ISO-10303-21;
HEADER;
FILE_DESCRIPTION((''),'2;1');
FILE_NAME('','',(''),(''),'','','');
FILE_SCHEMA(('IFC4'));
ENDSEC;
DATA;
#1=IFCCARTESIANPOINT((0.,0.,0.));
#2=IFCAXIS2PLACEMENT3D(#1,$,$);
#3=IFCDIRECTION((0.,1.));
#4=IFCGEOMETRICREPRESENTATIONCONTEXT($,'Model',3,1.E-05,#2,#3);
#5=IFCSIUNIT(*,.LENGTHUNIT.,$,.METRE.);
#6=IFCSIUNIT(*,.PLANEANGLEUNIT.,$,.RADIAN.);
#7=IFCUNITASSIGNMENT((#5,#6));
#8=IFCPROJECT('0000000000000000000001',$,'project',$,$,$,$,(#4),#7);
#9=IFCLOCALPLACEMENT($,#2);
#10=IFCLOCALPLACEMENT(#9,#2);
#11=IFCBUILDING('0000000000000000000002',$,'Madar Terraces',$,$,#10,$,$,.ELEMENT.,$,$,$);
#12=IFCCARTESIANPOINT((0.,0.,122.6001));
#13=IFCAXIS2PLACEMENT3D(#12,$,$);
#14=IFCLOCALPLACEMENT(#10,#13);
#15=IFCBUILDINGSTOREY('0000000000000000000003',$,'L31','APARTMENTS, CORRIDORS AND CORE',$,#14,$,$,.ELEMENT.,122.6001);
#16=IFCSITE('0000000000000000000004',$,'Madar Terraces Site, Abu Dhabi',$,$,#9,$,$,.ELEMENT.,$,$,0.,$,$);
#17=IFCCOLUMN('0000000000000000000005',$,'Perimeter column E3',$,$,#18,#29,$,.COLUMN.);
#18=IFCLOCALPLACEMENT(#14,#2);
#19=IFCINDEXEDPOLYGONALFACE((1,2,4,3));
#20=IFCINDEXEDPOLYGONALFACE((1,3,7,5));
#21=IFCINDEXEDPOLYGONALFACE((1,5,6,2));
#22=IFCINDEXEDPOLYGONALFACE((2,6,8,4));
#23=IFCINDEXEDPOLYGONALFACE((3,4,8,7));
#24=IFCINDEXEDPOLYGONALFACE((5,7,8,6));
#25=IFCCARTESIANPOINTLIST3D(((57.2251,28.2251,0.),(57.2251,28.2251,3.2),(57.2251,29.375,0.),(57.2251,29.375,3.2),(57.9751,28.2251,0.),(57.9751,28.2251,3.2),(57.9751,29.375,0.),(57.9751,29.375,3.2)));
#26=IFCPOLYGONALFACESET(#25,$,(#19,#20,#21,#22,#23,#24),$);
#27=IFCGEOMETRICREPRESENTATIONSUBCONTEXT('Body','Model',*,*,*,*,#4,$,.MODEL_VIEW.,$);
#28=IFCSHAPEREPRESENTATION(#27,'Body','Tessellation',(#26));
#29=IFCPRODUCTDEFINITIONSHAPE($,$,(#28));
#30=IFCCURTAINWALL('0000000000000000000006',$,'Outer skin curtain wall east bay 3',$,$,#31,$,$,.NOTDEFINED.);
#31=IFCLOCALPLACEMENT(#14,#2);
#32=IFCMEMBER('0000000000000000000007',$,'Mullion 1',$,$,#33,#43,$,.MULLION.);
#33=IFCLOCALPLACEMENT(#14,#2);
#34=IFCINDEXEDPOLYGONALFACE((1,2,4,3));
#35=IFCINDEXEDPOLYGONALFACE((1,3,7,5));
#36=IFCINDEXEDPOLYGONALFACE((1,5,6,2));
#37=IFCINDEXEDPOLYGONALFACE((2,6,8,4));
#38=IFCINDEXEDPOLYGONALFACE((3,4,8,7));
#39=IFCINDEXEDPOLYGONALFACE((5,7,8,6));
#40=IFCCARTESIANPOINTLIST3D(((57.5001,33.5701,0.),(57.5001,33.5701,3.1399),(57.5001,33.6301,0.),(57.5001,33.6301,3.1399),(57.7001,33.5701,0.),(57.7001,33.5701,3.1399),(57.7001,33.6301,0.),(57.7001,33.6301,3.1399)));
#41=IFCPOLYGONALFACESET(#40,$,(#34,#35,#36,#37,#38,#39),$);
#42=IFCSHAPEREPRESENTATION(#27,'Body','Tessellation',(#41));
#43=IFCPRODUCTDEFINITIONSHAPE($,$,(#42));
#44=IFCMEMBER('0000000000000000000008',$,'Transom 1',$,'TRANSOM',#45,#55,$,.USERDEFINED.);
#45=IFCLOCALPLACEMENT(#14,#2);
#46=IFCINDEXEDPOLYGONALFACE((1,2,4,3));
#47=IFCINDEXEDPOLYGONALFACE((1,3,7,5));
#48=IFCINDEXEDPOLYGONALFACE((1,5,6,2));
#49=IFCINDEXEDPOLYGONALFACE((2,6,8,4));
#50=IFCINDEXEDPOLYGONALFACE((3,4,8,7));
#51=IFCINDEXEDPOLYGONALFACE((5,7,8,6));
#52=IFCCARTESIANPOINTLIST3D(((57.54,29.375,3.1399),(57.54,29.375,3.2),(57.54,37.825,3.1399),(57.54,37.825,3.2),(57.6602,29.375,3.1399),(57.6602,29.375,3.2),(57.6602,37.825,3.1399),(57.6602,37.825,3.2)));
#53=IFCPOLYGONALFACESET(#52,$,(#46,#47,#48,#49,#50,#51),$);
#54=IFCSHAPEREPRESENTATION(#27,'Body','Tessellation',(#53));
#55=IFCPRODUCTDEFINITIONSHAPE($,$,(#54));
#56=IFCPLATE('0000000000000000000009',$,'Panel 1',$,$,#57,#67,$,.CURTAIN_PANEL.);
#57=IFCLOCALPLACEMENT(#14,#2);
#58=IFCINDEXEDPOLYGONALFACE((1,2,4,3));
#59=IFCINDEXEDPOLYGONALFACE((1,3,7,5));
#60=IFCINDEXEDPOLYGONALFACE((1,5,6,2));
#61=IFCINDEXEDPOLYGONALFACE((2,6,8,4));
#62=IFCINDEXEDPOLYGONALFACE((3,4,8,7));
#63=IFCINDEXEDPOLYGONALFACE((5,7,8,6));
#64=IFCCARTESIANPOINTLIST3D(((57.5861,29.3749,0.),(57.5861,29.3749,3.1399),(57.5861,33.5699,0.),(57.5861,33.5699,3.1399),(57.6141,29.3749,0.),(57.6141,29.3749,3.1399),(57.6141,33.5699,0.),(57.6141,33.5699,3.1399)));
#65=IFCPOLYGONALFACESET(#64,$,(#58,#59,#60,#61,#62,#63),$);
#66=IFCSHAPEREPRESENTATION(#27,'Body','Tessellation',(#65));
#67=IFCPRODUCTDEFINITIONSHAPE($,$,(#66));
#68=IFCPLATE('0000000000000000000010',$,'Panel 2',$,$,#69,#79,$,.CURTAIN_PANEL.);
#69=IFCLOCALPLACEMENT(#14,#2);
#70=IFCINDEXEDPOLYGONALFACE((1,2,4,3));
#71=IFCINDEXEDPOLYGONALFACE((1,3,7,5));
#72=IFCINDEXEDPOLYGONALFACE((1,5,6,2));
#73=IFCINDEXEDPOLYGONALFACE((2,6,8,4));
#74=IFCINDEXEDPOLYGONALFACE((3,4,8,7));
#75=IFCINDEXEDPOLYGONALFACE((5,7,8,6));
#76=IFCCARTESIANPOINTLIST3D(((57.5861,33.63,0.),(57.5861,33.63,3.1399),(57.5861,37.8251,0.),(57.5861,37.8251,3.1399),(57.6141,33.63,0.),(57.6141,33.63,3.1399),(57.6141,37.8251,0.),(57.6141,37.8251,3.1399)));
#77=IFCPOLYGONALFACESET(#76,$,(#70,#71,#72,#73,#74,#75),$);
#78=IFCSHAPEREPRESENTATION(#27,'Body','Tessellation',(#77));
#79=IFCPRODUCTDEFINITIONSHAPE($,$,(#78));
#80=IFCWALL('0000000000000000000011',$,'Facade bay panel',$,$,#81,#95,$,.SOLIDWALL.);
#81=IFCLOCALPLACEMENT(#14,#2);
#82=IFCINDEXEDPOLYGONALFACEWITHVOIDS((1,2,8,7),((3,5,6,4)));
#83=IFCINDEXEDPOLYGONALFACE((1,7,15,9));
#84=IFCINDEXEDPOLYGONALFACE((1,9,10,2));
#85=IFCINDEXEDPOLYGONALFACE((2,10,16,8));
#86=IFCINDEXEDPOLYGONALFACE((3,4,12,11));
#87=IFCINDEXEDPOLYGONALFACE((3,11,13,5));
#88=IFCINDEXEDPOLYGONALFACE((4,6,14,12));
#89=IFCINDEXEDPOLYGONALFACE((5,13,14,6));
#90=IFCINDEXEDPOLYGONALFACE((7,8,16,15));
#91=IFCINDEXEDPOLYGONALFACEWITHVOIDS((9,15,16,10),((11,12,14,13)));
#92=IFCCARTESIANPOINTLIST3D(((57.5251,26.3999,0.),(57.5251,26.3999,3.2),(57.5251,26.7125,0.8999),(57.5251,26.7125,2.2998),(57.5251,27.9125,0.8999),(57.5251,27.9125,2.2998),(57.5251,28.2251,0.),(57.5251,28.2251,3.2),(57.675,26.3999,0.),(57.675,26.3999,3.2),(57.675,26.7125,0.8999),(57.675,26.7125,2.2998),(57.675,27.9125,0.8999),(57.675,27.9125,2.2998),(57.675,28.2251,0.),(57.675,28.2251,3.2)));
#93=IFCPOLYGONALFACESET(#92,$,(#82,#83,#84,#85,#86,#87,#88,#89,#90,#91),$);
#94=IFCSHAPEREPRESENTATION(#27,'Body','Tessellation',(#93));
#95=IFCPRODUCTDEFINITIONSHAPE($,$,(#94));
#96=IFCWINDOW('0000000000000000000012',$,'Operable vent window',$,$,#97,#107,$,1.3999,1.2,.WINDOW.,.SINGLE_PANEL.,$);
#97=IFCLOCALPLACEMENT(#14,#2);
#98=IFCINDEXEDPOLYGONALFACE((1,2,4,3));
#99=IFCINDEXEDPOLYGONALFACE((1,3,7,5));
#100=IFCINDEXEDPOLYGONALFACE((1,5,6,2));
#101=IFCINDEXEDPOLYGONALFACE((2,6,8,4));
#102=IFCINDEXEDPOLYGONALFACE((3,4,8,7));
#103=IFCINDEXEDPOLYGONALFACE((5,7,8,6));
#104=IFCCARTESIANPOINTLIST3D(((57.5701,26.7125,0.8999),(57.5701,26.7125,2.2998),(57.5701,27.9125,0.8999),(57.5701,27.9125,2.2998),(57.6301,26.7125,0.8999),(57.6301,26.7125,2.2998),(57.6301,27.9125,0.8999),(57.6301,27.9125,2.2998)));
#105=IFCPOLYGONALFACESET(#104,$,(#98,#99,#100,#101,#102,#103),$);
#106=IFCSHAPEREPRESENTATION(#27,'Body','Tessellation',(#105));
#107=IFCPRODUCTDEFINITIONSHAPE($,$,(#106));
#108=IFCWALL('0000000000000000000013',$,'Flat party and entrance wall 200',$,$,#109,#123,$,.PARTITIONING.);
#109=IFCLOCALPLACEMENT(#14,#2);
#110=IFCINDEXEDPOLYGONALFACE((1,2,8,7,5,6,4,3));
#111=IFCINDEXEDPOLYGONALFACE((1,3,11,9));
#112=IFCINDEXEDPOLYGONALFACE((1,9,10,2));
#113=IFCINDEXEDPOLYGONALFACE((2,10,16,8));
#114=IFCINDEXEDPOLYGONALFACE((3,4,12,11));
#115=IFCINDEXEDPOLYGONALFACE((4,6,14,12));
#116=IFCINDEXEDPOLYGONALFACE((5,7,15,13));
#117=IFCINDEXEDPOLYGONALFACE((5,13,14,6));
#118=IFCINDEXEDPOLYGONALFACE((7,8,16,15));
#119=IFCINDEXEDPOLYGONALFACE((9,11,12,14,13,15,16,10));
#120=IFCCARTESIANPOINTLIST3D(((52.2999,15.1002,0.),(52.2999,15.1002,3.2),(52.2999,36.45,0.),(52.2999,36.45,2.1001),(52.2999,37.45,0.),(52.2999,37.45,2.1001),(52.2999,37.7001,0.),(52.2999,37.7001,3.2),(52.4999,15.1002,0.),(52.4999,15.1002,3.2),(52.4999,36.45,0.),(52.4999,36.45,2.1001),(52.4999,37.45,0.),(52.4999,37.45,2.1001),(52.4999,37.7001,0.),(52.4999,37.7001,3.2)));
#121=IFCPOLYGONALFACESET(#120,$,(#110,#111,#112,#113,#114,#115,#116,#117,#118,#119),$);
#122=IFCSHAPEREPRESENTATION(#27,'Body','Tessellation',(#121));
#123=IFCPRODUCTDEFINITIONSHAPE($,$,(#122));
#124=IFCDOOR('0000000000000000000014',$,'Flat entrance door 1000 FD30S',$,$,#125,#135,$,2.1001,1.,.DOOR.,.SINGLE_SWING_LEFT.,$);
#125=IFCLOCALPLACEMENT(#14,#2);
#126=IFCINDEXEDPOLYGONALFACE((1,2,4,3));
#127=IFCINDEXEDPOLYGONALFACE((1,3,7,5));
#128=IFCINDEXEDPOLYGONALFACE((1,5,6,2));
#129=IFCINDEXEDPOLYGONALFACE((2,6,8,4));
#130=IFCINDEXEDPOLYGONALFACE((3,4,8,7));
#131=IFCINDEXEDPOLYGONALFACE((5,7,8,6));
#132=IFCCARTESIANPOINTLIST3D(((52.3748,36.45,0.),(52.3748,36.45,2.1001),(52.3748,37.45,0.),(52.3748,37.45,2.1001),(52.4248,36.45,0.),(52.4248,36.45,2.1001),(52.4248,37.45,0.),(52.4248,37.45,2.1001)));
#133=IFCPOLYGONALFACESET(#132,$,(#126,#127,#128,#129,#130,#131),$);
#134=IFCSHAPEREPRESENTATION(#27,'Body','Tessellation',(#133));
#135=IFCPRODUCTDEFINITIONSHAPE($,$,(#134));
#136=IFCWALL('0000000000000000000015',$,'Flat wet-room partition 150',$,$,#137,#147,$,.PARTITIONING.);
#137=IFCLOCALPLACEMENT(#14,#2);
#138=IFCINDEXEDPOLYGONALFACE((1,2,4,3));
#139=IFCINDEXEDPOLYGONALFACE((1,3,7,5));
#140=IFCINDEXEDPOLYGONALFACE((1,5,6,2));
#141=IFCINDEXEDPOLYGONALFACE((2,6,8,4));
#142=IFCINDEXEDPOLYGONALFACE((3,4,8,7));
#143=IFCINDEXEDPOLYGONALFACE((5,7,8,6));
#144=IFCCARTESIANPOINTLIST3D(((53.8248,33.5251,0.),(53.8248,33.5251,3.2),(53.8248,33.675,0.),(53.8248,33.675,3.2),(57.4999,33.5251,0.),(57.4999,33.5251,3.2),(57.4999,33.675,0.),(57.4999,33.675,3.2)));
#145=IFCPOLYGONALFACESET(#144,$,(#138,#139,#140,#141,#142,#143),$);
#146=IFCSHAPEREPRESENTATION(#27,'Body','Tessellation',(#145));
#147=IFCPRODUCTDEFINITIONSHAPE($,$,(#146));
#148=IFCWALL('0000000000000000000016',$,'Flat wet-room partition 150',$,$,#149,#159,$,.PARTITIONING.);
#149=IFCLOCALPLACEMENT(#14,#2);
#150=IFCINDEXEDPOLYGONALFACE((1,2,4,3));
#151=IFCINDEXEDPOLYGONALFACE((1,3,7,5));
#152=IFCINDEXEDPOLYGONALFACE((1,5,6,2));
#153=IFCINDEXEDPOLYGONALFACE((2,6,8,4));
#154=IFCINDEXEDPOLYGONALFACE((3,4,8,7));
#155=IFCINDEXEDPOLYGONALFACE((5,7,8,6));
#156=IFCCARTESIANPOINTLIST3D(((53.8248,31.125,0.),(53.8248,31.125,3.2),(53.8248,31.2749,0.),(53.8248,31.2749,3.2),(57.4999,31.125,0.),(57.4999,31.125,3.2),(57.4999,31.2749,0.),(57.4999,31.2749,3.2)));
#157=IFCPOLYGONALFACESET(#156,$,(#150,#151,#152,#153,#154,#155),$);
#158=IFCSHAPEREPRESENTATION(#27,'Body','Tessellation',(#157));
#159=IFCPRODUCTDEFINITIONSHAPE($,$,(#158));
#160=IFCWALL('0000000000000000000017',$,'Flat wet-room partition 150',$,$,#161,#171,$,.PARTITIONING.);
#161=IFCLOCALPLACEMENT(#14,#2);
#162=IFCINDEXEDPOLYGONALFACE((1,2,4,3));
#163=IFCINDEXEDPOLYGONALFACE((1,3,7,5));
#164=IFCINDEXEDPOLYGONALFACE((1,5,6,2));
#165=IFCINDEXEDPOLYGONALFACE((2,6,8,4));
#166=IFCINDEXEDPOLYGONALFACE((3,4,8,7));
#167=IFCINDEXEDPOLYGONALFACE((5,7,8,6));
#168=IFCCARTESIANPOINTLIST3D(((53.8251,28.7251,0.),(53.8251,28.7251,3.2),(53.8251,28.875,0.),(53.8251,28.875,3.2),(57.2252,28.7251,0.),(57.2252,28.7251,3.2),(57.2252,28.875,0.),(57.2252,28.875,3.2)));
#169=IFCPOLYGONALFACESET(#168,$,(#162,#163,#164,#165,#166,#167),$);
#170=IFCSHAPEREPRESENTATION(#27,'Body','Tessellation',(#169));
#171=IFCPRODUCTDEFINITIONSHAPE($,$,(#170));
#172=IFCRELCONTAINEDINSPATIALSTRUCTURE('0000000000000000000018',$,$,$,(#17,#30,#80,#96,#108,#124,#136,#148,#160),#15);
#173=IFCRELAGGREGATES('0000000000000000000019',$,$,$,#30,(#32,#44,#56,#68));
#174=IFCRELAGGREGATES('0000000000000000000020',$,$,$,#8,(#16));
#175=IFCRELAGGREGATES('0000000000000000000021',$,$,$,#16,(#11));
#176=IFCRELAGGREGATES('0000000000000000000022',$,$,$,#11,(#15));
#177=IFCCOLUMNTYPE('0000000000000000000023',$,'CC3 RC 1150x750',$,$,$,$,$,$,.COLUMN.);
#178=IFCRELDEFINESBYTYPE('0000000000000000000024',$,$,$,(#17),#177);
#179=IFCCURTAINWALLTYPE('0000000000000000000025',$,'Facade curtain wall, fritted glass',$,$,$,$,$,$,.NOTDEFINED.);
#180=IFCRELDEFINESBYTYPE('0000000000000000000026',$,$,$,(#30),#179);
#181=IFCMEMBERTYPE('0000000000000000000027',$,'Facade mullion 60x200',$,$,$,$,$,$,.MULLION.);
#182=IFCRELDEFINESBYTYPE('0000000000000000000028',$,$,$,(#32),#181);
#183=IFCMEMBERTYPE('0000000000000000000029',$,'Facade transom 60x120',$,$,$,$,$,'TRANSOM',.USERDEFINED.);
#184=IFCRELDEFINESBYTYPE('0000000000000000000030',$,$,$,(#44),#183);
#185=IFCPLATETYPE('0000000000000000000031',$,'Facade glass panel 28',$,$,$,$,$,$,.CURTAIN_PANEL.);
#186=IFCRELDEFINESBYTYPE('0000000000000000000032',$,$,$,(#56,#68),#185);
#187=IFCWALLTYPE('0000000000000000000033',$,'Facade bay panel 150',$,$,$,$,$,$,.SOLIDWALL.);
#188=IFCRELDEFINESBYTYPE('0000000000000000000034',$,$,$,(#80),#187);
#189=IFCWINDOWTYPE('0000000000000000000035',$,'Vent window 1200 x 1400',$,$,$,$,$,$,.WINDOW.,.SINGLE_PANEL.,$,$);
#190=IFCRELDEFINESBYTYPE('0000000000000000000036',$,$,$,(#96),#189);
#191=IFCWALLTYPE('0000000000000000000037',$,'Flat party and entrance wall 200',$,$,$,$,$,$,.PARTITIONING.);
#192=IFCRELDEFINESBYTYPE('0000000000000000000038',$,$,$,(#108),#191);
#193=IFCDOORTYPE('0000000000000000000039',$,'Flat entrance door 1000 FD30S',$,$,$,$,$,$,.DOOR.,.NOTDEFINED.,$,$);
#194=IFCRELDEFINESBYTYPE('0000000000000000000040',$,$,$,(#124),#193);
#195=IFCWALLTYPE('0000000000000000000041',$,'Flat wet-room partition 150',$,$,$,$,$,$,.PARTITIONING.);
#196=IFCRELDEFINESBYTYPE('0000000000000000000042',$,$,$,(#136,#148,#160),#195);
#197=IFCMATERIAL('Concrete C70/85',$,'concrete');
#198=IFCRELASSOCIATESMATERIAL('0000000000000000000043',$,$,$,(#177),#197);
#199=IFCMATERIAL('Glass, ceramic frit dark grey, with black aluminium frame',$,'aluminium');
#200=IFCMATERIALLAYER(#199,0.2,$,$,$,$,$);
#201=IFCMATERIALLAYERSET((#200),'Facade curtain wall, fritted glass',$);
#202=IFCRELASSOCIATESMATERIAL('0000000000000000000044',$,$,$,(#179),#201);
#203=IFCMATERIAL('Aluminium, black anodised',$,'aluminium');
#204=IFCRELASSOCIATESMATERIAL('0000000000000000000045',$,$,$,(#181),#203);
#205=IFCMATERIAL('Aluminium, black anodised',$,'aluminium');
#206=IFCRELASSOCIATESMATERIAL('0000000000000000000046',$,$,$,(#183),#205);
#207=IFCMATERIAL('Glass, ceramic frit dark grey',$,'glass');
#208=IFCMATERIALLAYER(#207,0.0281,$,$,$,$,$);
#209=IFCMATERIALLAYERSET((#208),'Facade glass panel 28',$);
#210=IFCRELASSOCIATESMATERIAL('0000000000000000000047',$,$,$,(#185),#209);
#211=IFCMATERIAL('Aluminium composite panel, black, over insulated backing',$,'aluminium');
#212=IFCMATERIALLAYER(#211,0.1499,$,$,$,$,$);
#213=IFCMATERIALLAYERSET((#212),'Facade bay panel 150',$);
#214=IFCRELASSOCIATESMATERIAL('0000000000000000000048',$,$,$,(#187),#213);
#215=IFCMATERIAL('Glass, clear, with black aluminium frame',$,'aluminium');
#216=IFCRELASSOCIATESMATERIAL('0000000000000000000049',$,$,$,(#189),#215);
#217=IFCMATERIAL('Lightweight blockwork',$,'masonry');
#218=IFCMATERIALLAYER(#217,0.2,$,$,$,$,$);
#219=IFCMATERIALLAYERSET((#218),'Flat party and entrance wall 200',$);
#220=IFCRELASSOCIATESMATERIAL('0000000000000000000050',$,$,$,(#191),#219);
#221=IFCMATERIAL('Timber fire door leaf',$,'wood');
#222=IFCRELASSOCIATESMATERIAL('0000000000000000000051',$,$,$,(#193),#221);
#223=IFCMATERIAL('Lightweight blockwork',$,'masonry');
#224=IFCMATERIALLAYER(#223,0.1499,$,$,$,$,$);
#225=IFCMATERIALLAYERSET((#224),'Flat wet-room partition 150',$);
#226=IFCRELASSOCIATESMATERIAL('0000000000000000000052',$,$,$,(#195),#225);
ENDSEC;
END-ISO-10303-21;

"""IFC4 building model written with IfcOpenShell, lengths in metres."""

from ifc_helpers import new_model, si_unit, direction, frame, frame_2d, origin, origin_2d, place, context, subcontext, project, spatial, rectangle, extrude, material, layer, layer_set, material_profile, profile_set, type_object, element, fill, aggregate, save


model = new_model("IFC4")

# Units and contexts
model_context = context("Model", 3, precision=1e-05, world=origin(), true_north=direction((0.0, 1.0)))
body_context = subcontext(model_context, "Body", "Model", "MODEL_VIEW")
ifc_project = project(units=[si_unit("LENGTHUNIT", "METRE"), si_unit("PLANEANGLEUNIT", "RADIAN")], contexts=[model_context])

# Site, building, storey
site_placement = place(None, origin())
site = spatial("IfcSite", under=ifc_project, at=site_placement, Name="Madar Terraces Site, Abu Dhabi", CompositionType="ELEMENT", RefElevation=0.0)
building_placement = place(site_placement, origin())
building = spatial("IfcBuilding", under=site, at=building_placement, Name="Madar Terraces", CompositionType="ELEMENT")
storey_placement = place(building_placement, frame((0.0, 0.0, 122.6001)))
storey = spatial("IfcBuildingStorey", under=building, at=storey_placement, Name="L31", Description="APARTMENTS, CORRIDORS AND CORE", CompositionType="ELEMENT", Elevation=122.6001)

# Column
ifc_material_1 = material(Name="Concrete C70/85", Category="concrete")
ifc_material_profile_1 = material_profile(ifc_material_1, rectangle(XDim=1.1499, YDim=0.75, at=origin_2d()), Name="CC3 RC 1150x750")
ifc_profile_set_1 = profile_set([ifc_material_profile_1], Name="Concrete C70/85")
column_type = type_object("IfcColumnType", Name="CC3 RC 1150x750", PredefinedType="COLUMN", material=ifc_profile_set_1)
column_placement = place(storey_placement, frame((57.6001, 28.8, 0.0), z_axis=(0.0, 0.0, 1.0), x_axis=(0.0, 1.0, 0.0)))
element("IfcColumn", 1, at=column_placement, inside=storey, type_object=column_type, Name="Perimeter column E3", PredefinedType="COLUMN", context=body_context, shape_type="SweptSolid", body=[
    extrude(rectangle(XDim=1.1499, YDim=0.75, at=origin_2d()), origin(), (0.0, 0.0, 1.0), 3.2),
])

# Curtain wall, members, plates
ifc_material_2 = material(Name="Glass, ceramic frit dark grey, with black aluminium frame", Category="aluminium")
ifc_layer_1 = layer(ifc_material_2, 0.2)
ifc_layer_set_1 = layer_set([ifc_layer_1], Name="Facade curtain wall, fritted glass")
curtain_wall_type = type_object("IfcCurtainWallType", Name="Facade curtain wall, fritted glass", PredefinedType="NOTDEFINED", material=ifc_layer_set_1)
curtain_wall_placement = place(storey_placement, origin())
curtain_wall = element("IfcCurtainWall", 2, at=curtain_wall_placement, inside=storey, type_object=curtain_wall_type, Name="Outer skin curtain wall east bay 3", PredefinedType="NOTDEFINED")
ifc_material_3 = material(Name="Aluminium, black anodised", Category="aluminium")
ifc_material_profile_2 = material_profile(ifc_material_3, rectangle(XDim=0.2, YDim=0.0601, at=origin_2d()), Name="Facade mullion 60x200")
ifc_profile_set_2 = profile_set([ifc_material_profile_2], Name="Aluminium, black anodised")
member_type_1 = type_object("IfcMemberType", Name="Facade mullion 60x200", PredefinedType="MULLION", material=ifc_profile_set_2)
member_1_placement = place(storey_placement, frame((57.6001, 33.6001, 0.0), z_axis=(0.0, 0.0, 1.0), x_axis=(-1.0, 0.0, 0.0)))
member_1 = element("IfcMember", 3, at=member_1_placement, type_object=member_type_1, Name="Mullion 1", PredefinedType="MULLION", context=body_context, shape_type="SweptSolid", body=[
    extrude(rectangle(XDim=0.2, YDim=0.0601, at=origin_2d()), origin(), (0.0, 0.0, 1.0), 3.1399),
])
ifc_material_4 = material(Name="Aluminium, black anodised", Category="aluminium")
ifc_material_profile_3 = material_profile(ifc_material_4, rectangle(XDim=0.1201, YDim=0.0601, at=origin_2d()), Name="Facade transom 60x120")
ifc_profile_set_3 = profile_set([ifc_material_profile_3], Name="Aluminium, black anodised")
member_type_2 = type_object("IfcMemberType", Name="Facade transom 60x120", ElementType="TRANSOM", PredefinedType="USERDEFINED", material=ifc_profile_set_3)
member_2_placement = place(storey_placement, frame((57.6001, 29.375, 3.1699), z_axis=(0.0, 1.0, 0.0), x_axis=(-1.0, 0.0, 0.0)))
member_2 = element("IfcMember", 4, at=member_2_placement, type_object=member_type_2, Name="Transom 1", ObjectType="TRANSOM", PredefinedType="USERDEFINED", context=body_context, shape_type="SweptSolid", body=[
    extrude(rectangle(XDim=0.1201, YDim=0.0601, at=origin_2d()), origin(), (0.0, 0.0, 1.0), 8.45),
])
ifc_material_5 = material(Name="Glass, ceramic frit dark grey", Category="glass")
ifc_layer_2 = layer(ifc_material_5, 0.0281)
ifc_layer_set_2 = layer_set([ifc_layer_2], Name="Facade glass panel 28")
plate_type = type_object("IfcPlateType", Name="Facade glass panel 28", PredefinedType="CURTAIN_PANEL", material=ifc_layer_set_2)
plate_1_placement = place(storey_placement, frame((57.6001, 31.4724, 0.0), z_axis=(0.0, 0.0, 1.0), x_axis=(0.0, 1.0, 0.0)))
plate_1 = element("IfcPlate", 5, at=plate_1_placement, type_object=plate_type, Name="Panel 1", PredefinedType="CURTAIN_PANEL", context=body_context, shape_type="SweptSolid", body=[
    extrude(rectangle(XDim=4.1951, YDim=0.0281, at=origin_2d()), origin(), (0.0, 0.0, 1.0), 3.1399),
])
plate_2_placement = place(storey_placement, frame((57.6001, 35.7275, 0.0), z_axis=(0.0, 0.0, 1.0), x_axis=(0.0, 1.0, 0.0)))
plate_2 = element("IfcPlate", 6, at=plate_2_placement, type_object=plate_type, Name="Panel 2", PredefinedType="CURTAIN_PANEL", context=body_context, shape_type="SweptSolid", body=[
    extrude(rectangle(XDim=4.1951, YDim=0.0281, at=origin_2d()), origin(), (0.0, 0.0, 1.0), 3.1399),
])
aggregate(curtain_wall, [member_1, member_2, plate_1, plate_2])

# Wall, opening, window
ifc_material_6 = material(Name="Aluminium composite panel, black, over insulated backing", Category="aluminium")
ifc_layer_3 = layer(ifc_material_6, 0.1499)
ifc_layer_set_3 = layer_set([ifc_layer_3], Name="Facade bay panel 150")
wall_type_1 = type_object("IfcWallType", Name="Facade bay panel 150", PredefinedType="SOLIDWALL", material=ifc_layer_set_3)
wall_1_placement = place(storey_placement, frame((57.6001, 26.3999, 0.0), z_axis=(0.0, 0.0, 1.0), x_axis=(0.0, 1.0, 0.0)))
wall_1 = element("IfcWall", 7, at=wall_1_placement, inside=storey, type_object=wall_type_1, Name="Facade bay panel", PredefinedType="SOLIDWALL", context=body_context, shape_type="SweptSolid", body=[
    extrude(rectangle(XDim=1.8252, YDim=0.1499, at=frame_2d((0.9126, 0.0))), origin(), (0.0, 0.0, 1.0), 3.2),
])
opening_1_placement = place(wall_1_placement, frame((0.3125, 0.0, 0.8999)))
opening_1 = element("IfcOpeningElement", 8, at=opening_1_placement, cuts=wall_1, PredefinedType="OPENING", context=body_context, shape_type="SweptSolid", body=[
    extrude(rectangle(XDim=1.2, YDim=1.3999, at=frame_2d((0.6001, 0.7))), frame((0.0, 0.085, 0.0), z_axis=(0.0, -1.0, 0.0), x_axis=(1.0, 0.0, 0.0)), (0.0, 0.0, 1.0), 0.1699),
])
ifc_material_7 = material(Name="Glass, clear, with black aluminium frame", Category="aluminium")
window_type = type_object("IfcWindowType", Name="Vent window 1200 x 1400", PartitioningType="SINGLE_PANEL", PredefinedType="WINDOW", material=ifc_material_7)
window_placement = place(opening_1_placement, origin())
window = element("IfcWindow", 9, at=window_placement, inside=storey, type_object=window_type, Name="Operable vent window", OverallHeight=1.3999, OverallWidth=1.2, PartitioningType="SINGLE_PANEL", PredefinedType="WINDOW", context=body_context, shape_type="SweptSolid", body=[
    extrude(rectangle(XDim=1.2, YDim=1.3999, at=frame_2d((0.6001, 0.7))), frame((0.0, 0.03, 0.0), z_axis=(0.0, -1.0, 0.0), x_axis=(1.0, 0.0, 0.0)), (0.0, 0.0, 1.0), 0.0601),
])
fill(opening_1, window)

# Wall, opening, door
ifc_material_8 = material(Name="Lightweight blockwork", Category="masonry")
ifc_layer_4 = layer(ifc_material_8, 0.2)
ifc_layer_set_4 = layer_set([ifc_layer_4], Name="Flat party and entrance wall 200")
wall_type_2 = type_object("IfcWallType", Name="Flat party and entrance wall 200", PredefinedType="PARTITIONING", material=ifc_layer_set_4)
wall_2_placement = place(storey_placement, frame((52.3999, 37.7, 0.0), z_axis=(0.0, 0.0, 1.0), x_axis=(0.0, -1.0, 0.0)))
wall_2 = element("IfcWall", 10, at=wall_2_placement, inside=storey, type_object=wall_type_2, Name="Flat party and entrance wall 200", PredefinedType="PARTITIONING", context=body_context, shape_type="SweptSolid", body=[
    extrude(rectangle(XDim=22.5999, YDim=0.2, at=frame_2d((11.2998, 0.0))), origin(), (0.0, 0.0, 1.0), 3.2),
])
opening_2_placement = place(wall_2_placement, frame((0.25, 0.0, 0.0)))
opening_2 = element("IfcOpeningElement", 11, at=opening_2_placement, cuts=wall_2, PredefinedType="OPENING", context=body_context, shape_type="SweptSolid", body=[
    extrude(rectangle(XDim=1.0, YDim=2.1001, at=frame_2d((0.5, 1.05))), frame((0.0, 0.1099, 0.0), z_axis=(0.0, -1.0, 0.0), x_axis=(1.0, 0.0, 0.0)), (0.0, 0.0, 1.0), 0.22),
])
ifc_material_9 = material(Name="Timber fire door leaf", Category="wood")
door_type = type_object("IfcDoorType", Name="Flat entrance door 1000 FD30S", OperationType="NOTDEFINED", PredefinedType="DOOR", material=ifc_material_9)
door_placement = place(opening_2_placement, origin())
door = element("IfcDoor", 12, at=door_placement, inside=storey, type_object=door_type, Name="Flat entrance door 1000 FD30S", OperationType="SINGLE_SWING_LEFT", OverallHeight=2.1001, OverallWidth=1.0, PredefinedType="DOOR", context=body_context, shape_type="SweptSolid", body=[
    extrude(rectangle(XDim=1.0, YDim=2.1001, at=frame_2d((0.5, 1.05))), frame((0.0, 0.0249, 0.0), z_axis=(0.0, -1.0, 0.0), x_axis=(1.0, 0.0, 0.0)), (0.0, 0.0, 1.0), 0.05),
])
fill(opening_2, door)

# Walls
ifc_material_10 = material(Name="Lightweight blockwork", Category="masonry")
ifc_layer_5 = layer(ifc_material_10, 0.1499)
ifc_layer_set_5 = layer_set([ifc_layer_5], Name="Flat wet-room partition 150")
wall_type_3 = type_object("IfcWallType", Name="Flat wet-room partition 150", PredefinedType="PARTITIONING", material=ifc_layer_set_5)
for number, where, z_axis, x_axis, name in (
    (13, (53.825, 33.6001, 0.0), (0.0, 0.0, 1.0), (1.0, 0.0, 0.0), "Flat wet-room partition 150"),
    (14, (53.825, 31.2, 0.0), (0.0, 0.0, 1.0), (1.0, 0.0, 0.0), "Flat wet-room partition 150"),
):
    element("IfcWall", number, at=place(storey_placement, frame(where, z_axis=z_axis, x_axis=x_axis)), inside=storey, type_object=wall_type_3, Name=name, PredefinedType="PARTITIONING", context=body_context, shape_type="SweptSolid", body=[
        extrude(rectangle(XDim=3.675, YDim=0.1499, at=frame_2d((1.8374, 0.0))), origin(), (0.0, 0.0, 1.0), 3.2),
    ])
wall_3_placement = place(storey_placement, frame((53.825, 28.8, 0.0), z_axis=(0.0, 0.0, 1.0), x_axis=(1.0, 0.0, 0.0)))
element("IfcWall", 15, at=wall_3_placement, inside=storey, type_object=wall_type_3, Name="Flat wet-room partition 150", PredefinedType="PARTITIONING", context=body_context, shape_type="SweptSolid", body=[
    extrude(rectangle(XDim=3.4001, YDim=0.1499, at=frame_2d((1.7002, 0.0))), origin(), (0.0, 0.0, 1.0), 3.2),
])

save(model, "model.ifc")
